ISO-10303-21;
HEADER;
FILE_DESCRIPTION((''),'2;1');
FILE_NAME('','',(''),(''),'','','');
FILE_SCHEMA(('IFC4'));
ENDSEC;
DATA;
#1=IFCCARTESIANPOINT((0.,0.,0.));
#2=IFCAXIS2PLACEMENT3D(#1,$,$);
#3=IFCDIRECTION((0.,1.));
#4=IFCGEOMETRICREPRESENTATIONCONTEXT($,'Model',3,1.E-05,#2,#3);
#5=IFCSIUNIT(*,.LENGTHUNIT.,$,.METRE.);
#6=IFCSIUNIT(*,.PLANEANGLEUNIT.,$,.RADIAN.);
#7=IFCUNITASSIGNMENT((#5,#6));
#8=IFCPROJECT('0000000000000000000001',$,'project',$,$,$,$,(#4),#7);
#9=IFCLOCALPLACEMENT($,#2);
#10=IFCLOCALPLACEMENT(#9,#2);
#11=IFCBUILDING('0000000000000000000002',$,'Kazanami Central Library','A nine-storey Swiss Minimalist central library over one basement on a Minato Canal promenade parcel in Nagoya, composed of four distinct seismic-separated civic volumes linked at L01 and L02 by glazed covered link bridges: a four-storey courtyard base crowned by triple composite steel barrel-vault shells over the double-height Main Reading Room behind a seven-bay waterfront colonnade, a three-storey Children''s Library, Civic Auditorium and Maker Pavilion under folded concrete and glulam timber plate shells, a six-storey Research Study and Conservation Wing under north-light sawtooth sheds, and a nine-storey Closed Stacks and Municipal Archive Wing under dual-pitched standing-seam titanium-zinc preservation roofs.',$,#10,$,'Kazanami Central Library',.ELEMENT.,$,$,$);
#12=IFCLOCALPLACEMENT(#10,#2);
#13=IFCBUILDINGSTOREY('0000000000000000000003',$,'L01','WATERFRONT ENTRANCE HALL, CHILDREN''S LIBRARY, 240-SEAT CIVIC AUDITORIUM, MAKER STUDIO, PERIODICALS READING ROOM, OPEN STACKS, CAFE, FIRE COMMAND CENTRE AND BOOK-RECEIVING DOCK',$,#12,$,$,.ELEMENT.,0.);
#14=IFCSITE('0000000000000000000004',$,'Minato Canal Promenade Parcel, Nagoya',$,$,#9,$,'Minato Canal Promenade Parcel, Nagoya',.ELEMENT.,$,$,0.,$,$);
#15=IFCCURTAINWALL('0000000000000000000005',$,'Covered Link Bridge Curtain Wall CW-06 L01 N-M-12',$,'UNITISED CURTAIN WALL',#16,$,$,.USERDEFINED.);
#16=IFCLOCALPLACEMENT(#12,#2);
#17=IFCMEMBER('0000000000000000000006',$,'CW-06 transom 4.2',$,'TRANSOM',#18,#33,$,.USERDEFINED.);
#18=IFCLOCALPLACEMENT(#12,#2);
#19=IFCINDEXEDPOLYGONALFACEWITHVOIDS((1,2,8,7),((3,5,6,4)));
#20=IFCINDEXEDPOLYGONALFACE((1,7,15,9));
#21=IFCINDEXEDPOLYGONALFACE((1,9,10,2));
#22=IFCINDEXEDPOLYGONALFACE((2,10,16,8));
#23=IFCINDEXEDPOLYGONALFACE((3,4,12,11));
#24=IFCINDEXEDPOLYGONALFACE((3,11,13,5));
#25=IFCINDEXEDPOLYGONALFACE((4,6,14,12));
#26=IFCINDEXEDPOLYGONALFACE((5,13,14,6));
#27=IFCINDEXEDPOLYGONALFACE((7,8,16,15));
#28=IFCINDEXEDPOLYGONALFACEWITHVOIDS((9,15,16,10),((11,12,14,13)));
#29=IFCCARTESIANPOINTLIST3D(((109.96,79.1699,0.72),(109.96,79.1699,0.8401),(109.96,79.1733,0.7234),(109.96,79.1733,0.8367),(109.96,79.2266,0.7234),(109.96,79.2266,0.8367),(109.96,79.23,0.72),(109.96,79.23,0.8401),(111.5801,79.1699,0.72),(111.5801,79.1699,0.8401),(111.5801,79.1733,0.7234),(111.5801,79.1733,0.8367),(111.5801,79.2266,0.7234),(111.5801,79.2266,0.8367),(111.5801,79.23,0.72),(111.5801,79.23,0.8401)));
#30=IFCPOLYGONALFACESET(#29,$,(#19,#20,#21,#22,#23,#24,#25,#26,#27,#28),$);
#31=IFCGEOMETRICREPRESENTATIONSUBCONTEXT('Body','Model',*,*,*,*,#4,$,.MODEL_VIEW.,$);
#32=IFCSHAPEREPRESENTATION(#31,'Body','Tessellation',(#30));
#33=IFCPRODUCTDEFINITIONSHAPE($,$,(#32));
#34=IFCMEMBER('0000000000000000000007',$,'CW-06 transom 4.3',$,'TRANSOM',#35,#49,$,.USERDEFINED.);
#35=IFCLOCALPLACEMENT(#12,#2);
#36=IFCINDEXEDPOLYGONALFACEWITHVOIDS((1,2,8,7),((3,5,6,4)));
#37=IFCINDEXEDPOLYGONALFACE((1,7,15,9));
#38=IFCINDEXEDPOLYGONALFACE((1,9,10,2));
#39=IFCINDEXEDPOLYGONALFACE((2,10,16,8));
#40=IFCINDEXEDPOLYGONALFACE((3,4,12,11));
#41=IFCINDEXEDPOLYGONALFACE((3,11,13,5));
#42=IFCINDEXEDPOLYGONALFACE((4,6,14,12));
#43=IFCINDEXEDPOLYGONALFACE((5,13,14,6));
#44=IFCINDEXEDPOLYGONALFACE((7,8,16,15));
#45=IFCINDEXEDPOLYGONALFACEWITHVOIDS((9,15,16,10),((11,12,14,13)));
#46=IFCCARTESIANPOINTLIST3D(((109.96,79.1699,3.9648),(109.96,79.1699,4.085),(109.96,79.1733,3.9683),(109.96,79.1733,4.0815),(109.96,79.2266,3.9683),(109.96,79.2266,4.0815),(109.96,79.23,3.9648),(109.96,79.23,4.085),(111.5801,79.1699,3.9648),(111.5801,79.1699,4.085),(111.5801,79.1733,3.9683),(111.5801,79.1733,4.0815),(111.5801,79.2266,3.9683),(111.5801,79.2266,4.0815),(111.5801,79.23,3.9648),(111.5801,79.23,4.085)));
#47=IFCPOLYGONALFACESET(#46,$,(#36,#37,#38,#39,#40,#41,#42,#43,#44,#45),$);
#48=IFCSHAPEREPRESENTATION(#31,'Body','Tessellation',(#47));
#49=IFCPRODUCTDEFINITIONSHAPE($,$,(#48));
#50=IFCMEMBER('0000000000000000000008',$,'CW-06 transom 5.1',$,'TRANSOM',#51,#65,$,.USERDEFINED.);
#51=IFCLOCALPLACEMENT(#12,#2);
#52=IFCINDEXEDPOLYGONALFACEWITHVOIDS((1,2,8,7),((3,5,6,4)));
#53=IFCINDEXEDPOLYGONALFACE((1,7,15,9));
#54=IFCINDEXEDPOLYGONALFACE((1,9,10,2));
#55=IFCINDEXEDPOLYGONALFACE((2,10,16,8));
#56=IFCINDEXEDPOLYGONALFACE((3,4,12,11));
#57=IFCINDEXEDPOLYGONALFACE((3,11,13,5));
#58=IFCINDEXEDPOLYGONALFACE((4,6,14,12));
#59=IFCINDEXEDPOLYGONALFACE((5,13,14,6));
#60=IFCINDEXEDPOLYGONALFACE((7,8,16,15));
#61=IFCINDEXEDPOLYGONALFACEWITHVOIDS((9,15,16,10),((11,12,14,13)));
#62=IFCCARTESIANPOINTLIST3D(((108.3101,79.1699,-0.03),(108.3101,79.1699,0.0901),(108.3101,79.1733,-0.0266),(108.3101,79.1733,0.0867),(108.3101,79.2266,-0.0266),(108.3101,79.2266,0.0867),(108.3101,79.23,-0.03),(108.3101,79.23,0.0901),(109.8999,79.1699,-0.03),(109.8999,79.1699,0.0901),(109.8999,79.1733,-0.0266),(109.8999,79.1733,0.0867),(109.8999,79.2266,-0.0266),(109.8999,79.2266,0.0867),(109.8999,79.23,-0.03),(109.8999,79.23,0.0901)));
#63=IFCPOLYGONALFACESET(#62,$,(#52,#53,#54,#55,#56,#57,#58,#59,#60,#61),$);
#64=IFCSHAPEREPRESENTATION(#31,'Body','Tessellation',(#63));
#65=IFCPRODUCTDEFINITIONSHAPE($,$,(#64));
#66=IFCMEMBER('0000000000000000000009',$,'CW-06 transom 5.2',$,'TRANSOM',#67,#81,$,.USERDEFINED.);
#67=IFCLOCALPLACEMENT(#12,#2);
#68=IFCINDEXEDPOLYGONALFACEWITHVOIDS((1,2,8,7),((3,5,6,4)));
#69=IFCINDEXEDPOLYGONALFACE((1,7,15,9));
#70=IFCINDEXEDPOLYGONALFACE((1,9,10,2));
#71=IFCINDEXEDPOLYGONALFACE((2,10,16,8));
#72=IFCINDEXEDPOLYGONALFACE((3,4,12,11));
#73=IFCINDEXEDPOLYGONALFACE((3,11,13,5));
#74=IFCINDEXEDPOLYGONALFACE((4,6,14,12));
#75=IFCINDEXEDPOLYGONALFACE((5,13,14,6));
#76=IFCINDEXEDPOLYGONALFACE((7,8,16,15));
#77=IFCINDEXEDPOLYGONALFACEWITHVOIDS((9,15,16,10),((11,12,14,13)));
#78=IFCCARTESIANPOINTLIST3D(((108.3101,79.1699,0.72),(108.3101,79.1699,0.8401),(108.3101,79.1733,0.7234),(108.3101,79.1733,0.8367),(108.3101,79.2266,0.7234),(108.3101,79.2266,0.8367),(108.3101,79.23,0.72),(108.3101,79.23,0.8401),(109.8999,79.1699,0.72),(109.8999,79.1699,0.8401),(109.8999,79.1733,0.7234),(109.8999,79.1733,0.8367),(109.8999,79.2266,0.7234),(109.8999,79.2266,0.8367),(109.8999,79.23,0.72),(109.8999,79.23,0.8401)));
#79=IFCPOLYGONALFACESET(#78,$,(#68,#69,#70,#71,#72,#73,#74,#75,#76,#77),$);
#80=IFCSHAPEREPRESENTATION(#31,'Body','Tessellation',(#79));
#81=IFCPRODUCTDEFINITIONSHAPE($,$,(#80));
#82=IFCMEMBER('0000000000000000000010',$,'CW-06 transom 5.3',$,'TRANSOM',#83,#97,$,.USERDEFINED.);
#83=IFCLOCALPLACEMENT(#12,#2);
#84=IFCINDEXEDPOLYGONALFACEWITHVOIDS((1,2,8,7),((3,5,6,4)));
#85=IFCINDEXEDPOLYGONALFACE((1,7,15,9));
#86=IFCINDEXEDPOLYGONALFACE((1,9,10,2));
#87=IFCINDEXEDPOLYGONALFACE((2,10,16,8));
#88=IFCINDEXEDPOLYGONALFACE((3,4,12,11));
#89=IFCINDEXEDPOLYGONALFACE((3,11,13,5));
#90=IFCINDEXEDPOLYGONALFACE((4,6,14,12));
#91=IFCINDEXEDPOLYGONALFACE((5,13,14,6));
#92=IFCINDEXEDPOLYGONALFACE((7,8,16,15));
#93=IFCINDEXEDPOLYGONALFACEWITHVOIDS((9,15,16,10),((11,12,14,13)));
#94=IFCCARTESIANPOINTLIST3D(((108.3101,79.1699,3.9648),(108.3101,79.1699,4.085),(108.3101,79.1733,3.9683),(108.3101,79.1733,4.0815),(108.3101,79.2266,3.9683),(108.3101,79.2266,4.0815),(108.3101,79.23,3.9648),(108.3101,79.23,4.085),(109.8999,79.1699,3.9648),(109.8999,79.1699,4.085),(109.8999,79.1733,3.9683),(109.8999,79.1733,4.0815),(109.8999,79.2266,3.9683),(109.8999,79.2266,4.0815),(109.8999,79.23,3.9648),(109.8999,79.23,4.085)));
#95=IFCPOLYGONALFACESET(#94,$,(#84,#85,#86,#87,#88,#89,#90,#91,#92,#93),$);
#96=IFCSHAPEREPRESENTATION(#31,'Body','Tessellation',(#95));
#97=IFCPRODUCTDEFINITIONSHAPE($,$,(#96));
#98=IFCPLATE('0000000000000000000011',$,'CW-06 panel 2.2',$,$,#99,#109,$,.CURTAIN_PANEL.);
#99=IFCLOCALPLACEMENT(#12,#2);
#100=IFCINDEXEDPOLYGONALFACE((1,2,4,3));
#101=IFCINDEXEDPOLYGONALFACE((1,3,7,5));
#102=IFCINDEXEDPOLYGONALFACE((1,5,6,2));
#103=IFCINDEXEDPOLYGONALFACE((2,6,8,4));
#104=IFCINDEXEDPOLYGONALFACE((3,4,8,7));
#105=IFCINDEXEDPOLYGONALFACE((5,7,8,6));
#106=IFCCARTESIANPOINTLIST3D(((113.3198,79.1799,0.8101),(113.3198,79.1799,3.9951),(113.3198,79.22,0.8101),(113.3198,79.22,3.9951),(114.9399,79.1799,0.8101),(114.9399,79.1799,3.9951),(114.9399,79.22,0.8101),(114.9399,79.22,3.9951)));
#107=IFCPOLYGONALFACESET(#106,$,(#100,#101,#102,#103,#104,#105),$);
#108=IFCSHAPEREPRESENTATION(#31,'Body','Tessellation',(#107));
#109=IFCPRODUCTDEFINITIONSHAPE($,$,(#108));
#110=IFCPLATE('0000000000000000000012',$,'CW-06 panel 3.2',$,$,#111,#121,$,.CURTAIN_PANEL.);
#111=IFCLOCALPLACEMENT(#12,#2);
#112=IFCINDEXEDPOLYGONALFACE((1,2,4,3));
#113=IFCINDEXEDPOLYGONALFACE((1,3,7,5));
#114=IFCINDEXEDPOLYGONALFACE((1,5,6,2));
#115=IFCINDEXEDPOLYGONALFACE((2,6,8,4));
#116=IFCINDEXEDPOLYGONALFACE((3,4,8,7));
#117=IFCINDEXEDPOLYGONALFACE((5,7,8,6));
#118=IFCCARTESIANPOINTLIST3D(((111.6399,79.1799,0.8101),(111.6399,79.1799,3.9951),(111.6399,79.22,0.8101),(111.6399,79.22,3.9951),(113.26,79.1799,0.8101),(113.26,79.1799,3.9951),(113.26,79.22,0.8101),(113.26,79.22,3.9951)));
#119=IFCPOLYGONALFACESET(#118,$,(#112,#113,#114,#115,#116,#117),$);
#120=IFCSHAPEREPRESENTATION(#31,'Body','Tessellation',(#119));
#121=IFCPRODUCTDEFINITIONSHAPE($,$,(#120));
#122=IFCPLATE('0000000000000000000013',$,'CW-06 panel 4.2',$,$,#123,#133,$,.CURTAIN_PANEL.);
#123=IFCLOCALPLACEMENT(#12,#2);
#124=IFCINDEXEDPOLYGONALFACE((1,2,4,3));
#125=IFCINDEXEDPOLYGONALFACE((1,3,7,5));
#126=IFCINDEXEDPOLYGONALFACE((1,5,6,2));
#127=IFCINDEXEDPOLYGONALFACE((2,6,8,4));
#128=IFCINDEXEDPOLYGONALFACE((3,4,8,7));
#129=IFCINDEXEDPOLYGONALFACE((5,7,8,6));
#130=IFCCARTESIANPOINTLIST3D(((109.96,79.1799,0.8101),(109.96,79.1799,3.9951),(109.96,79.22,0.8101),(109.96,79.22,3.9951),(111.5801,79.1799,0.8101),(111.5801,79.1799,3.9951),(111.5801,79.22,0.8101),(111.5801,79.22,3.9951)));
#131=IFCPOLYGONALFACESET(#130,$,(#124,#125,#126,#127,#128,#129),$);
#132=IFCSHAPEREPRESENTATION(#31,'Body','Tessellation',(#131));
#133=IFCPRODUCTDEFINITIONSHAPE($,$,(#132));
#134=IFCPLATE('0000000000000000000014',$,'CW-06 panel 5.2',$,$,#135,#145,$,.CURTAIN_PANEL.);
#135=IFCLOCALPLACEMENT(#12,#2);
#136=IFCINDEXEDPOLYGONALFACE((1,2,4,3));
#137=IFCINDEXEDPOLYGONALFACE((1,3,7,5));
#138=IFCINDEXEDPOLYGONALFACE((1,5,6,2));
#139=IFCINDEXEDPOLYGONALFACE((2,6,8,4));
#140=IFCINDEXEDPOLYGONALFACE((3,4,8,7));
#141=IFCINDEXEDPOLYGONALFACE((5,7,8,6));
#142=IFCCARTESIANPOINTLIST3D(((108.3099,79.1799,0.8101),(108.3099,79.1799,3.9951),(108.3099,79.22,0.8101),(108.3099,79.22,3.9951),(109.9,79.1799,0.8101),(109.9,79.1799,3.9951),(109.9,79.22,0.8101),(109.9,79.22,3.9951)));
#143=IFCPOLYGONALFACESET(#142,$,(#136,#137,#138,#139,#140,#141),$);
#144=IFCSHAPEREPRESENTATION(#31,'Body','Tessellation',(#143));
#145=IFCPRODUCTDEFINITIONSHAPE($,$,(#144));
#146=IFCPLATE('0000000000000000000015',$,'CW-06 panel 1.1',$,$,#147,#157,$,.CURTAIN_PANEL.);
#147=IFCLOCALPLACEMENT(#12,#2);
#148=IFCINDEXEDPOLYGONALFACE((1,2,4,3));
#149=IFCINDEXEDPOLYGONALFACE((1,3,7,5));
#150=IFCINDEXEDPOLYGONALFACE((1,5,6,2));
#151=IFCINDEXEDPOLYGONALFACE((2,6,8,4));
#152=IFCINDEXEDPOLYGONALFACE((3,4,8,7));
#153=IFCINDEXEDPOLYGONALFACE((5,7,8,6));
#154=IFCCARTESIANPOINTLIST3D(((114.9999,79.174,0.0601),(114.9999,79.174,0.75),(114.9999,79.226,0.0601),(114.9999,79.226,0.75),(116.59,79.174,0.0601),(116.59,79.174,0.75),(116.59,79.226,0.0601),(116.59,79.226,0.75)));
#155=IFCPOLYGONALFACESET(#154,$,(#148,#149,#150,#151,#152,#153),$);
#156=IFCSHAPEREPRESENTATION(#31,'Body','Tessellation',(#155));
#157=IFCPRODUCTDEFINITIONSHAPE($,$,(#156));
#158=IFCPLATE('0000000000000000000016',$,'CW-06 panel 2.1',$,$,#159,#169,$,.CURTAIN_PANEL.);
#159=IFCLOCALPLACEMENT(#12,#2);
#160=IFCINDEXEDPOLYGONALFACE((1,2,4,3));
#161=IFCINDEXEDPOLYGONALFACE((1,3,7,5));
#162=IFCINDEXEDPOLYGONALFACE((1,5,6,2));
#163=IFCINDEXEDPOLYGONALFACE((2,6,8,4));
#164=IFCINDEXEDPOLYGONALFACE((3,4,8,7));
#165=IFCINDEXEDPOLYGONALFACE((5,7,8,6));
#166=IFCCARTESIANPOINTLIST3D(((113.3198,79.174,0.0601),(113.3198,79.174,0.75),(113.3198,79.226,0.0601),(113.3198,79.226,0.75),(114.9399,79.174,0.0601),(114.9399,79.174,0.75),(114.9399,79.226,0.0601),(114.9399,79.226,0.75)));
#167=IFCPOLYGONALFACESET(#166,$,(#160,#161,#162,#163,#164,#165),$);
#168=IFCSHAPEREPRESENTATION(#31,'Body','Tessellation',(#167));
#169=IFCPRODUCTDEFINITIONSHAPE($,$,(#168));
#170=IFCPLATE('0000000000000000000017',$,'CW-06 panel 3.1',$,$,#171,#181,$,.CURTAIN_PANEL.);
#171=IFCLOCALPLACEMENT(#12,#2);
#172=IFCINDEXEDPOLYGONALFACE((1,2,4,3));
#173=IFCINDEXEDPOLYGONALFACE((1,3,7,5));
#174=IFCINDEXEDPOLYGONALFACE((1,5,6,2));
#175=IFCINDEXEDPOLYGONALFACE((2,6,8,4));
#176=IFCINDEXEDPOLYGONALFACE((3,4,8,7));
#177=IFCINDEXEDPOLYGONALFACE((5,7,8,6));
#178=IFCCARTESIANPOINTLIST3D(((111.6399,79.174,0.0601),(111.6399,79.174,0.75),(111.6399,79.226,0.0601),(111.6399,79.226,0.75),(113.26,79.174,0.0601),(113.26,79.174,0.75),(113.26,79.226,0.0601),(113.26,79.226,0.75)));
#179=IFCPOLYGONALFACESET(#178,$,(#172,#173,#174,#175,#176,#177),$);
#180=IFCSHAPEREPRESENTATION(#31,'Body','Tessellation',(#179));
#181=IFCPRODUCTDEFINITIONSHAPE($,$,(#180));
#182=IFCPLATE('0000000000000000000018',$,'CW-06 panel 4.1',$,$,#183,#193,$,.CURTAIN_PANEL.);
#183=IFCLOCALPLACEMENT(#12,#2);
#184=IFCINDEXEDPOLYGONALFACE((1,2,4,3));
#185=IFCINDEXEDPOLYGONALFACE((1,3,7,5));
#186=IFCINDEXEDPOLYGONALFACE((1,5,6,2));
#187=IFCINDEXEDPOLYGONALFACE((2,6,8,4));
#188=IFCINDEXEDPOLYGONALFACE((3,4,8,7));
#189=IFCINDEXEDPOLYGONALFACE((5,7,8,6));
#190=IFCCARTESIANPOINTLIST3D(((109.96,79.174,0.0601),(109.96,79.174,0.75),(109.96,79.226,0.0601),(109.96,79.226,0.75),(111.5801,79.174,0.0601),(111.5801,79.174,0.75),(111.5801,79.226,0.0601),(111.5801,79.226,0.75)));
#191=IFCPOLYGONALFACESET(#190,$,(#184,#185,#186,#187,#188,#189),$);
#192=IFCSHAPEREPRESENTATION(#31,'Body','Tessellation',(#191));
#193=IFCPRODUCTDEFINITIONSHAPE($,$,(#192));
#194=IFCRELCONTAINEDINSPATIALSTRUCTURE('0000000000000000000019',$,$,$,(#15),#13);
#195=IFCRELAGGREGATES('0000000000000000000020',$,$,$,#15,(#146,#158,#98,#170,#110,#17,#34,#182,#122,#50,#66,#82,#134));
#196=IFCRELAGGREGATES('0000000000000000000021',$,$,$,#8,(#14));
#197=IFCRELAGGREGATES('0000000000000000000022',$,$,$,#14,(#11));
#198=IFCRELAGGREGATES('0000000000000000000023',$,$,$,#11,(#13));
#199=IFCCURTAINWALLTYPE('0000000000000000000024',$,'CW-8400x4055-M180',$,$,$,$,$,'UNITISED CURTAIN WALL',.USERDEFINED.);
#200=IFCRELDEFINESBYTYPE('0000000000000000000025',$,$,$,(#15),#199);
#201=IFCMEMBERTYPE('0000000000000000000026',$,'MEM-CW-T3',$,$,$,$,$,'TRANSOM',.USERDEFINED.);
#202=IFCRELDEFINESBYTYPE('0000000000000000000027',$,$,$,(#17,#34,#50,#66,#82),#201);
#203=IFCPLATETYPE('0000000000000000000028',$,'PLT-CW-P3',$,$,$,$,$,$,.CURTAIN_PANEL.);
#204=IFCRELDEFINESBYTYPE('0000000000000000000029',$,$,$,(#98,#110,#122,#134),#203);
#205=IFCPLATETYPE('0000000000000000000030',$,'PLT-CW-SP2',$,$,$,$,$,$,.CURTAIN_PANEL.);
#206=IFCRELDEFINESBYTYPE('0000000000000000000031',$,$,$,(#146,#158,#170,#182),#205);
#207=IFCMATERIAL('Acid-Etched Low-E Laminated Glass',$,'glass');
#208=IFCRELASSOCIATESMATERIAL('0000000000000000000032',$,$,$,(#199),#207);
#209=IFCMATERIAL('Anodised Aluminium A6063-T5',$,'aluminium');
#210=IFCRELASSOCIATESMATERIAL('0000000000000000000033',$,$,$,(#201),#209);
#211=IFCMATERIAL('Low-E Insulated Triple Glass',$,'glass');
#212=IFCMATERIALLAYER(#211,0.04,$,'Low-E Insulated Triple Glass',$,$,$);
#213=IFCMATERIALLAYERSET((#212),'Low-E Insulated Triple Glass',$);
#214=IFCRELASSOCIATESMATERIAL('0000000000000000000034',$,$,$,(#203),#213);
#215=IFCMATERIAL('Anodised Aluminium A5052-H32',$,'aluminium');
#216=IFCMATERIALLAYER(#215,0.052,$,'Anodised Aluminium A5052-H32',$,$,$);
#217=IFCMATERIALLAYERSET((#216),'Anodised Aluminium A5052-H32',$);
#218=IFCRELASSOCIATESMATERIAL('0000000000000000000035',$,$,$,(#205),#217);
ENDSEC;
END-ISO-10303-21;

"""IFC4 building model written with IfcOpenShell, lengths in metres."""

from ifc_helpers import new_model, si_unit, direction, frame, origin, origin_2d, place, context, subcontext, project, spatial, rectangle, hollow_rectangle, extrude, material, layer, layer_set, material_profile, profile_set, type_object, element, aggregate, save


model = new_model("IFC4")

# Units and contexts
model_context = context("Model", 3, precision=1e-05, world=origin(), true_north=direction((0.0, 1.0)))
body_context = subcontext(model_context, "Body", "Model", "MODEL_VIEW")
ifc_project = project(units=[si_unit("LENGTHUNIT", "METRE"), si_unit("PLANEANGLEUNIT", "RADIAN")], contexts=[model_context])

# Site, building, storey
site_placement = place(None, origin())
site = spatial("IfcSite", under=ifc_project, at=site_placement, Name="Minato Canal Promenade Parcel, Nagoya", LongName="Minato Canal Promenade Parcel, Nagoya", CompositionType="ELEMENT", RefElevation=0.0)
building_placement = place(site_placement, origin())
building = spatial("IfcBuilding", under=site, at=building_placement, Name="Kazanami Central Library", Description="A nine-storey Swiss Minimalist central library over one basement on a Minato Canal promenade parcel in Nagoya, composed of four distinct seismic-separated civic volumes linked at L01 and L02 by glazed covered link bridges: a four-storey courtyard base crowned by triple composite steel barrel-vault shells over the double-height Main Reading Room behind a seven-bay waterfront colonnade, a three-storey Children's Library, Civic Auditorium and Maker Pavilion under folded concrete and glulam timber plate shells, a six-storey Research Study and Conservation Wing under north-light sawtooth sheds, and a nine-storey Closed Stacks and Municipal Archive Wing under dual-pitched standing-seam titanium-zinc preservation roofs.", LongName="Kazanami Central Library", CompositionType="ELEMENT")
storey_placement = place(building_placement, origin())
storey = spatial("IfcBuildingStorey", under=building, at=storey_placement, Name="L01", Description="WATERFRONT ENTRANCE HALL, CHILDREN'S LIBRARY, 240-SEAT CIVIC AUDITORIUM, MAKER STUDIO, PERIODICALS READING ROOM, OPEN STACKS, CAFE, FIRE COMMAND CENTRE AND BOOK-RECEIVING DOCK", CompositionType="ELEMENT", Elevation=0.0)

# Curtain wall, members, plates
ifc_material_1 = material(Name="Acid-Etched Low-E Laminated Glass", Category="glass")
curtain_wall_type = type_object("IfcCurtainWallType", Name="CW-8400x4055-M180", ElementType="UNITISED CURTAIN WALL", PredefinedType="USERDEFINED", material=ifc_material_1)
curtain_wall_placement = place(storey_placement, origin())
curtain_wall = element("IfcCurtainWall", 1, at=curtain_wall_placement, inside=storey, type_object=curtain_wall_type, Name="Covered Link Bridge Curtain Wall CW-06 L01 N-M-12", ObjectType="UNITISED CURTAIN WALL", PredefinedType="USERDEFINED")
ifc_material_2 = material(Name="Anodised Aluminium A6063-T5", Category="aluminium")
ifc_material_profile_1 = material_profile(ifc_material_2, hollow_rectangle(XDim=0.0601, YDim=0.1201, WallThickness=0.0034, at=origin_2d()), Name="ALU-TRAN-60x120x3.5")
ifc_profile_set_1 = profile_set([ifc_material_profile_1], Name="Anodised Aluminium A6063-T5")
member_type_1 = type_object("IfcMemberType", Name="MEM-CW-T3", ElementType="TRANSOM", PredefinedType="USERDEFINED", material=ifc_profile_set_1)
member_1_placement = place(storey_placement, frame((111.5801, 79.2, 0.78), z_axis=(-1.0, 0.0, 0.0), x_axis=(0.0, -1.0, 0.0)))
member_1 = element("IfcMember", 2, at=member_1_placement, type_object=member_type_1, Name="CW-06 transom 4.2", ObjectType="TRANSOM", PredefinedType="USERDEFINED", context=body_context, shape_type="SweptSolid", body=[
    extrude(hollow_rectangle(XDim=0.0601, YDim=0.1201, WallThickness=0.0034, at=origin_2d()), origin(), (0.0, 0.0, 1.0), 1.6201),
])
member_2_placement = place(storey_placement, frame((111.5801, 79.2, 4.0249), z_axis=(-1.0, 0.0, 0.0), x_axis=(0.0, -1.0, 0.0)))
member_2 = element("IfcMember", 3, at=member_2_placement, type_object=member_type_1, Name="CW-06 transom 4.3", ObjectType="TRANSOM", PredefinedType="USERDEFINED", context=body_context, shape_type="SweptSolid", body=[
    extrude(hollow_rectangle(XDim=0.0601, YDim=0.1201, WallThickness=0.0034, at=origin_2d()), origin(), (0.0, 0.0, 1.0), 1.6201),
])
member_3_placement = place(storey_placement, frame((109.8999, 79.2, 0.03), z_axis=(-1.0, 0.0, 0.0), x_axis=(0.0, -1.0, 0.0)))
member_3 = element("IfcMember", 4, at=member_3_placement, type_object=member_type_1, Name="CW-06 transom 5.1", ObjectType="TRANSOM", PredefinedType="USERDEFINED", context=body_context, shape_type="SweptSolid", body=[
    extrude(hollow_rectangle(XDim=0.0601, YDim=0.1201, WallThickness=0.0034, at=origin_2d()), origin(), (0.0, 0.0, 1.0), 1.5898),
])
member_4_placement = place(storey_placement, frame((109.8999, 79.2, 0.78), z_axis=(-1.0, 0.0, 0.0), x_axis=(0.0, -1.0, 0.0)))
member_4 = element("IfcMember", 5, at=member_4_placement, type_object=member_type_1, Name="CW-06 transom 5.2", ObjectType="TRANSOM", PredefinedType="USERDEFINED", context=body_context, shape_type="SweptSolid", body=[
    extrude(hollow_rectangle(XDim=0.0601, YDim=0.1201, WallThickness=0.0034, at=origin_2d()), origin(), (0.0, 0.0, 1.0), 1.5898),
])
member_5_placement = place(storey_placement, frame((109.8999, 79.2, 4.0249), z_axis=(-1.0, 0.0, 0.0), x_axis=(0.0, -1.0, 0.0)))
member_5 = element("IfcMember", 6, at=member_5_placement, type_object=member_type_1, Name="CW-06 transom 5.3", ObjectType="TRANSOM", PredefinedType="USERDEFINED", context=body_context, shape_type="SweptSolid", body=[
    extrude(hollow_rectangle(XDim=0.0601, YDim=0.1201, WallThickness=0.0034, at=origin_2d()), origin(), (0.0, 0.0, 1.0), 1.5898),
])
ifc_material_3 = material(Name="Low-E Insulated Triple Glass", Category="glass")
ifc_layer_1 = layer(ifc_material_3, 0.04, Name="Low-E Insulated Triple Glass")
ifc_layer_set_1 = layer_set([ifc_layer_1], Name="Low-E Insulated Triple Glass")
plate_type_1 = type_object("IfcPlateType", Name="PLT-CW-P3", PredefinedType="CURTAIN_PANEL", material=ifc_layer_set_1)
plate_1_placement = place(storey_placement, frame((114.1299, 79.2, 0.8101), z_axis=(0.0, 0.0, 1.0), x_axis=(-1.0, 0.0, 0.0)))
plate_1 = element("IfcPlate", 7, at=plate_1_placement, type_object=plate_type_1, Name="CW-06 panel 2.2", PredefinedType="CURTAIN_PANEL", context=body_context, shape_type="SweptSolid", body=[
    extrude(rectangle(XDim=1.6201, YDim=0.04, at=origin_2d()), origin(), (0.0, 0.0, 1.0), 3.1851),
])
plate_2_placement = place(storey_placement, frame((112.45, 79.2, 0.8101), z_axis=(0.0, 0.0, 1.0), x_axis=(-1.0, 0.0, 0.0)))
plate_2 = element("IfcPlate", 8, at=plate_2_placement, type_object=plate_type_1, Name="CW-06 panel 3.2", PredefinedType="CURTAIN_PANEL", context=body_context, shape_type="SweptSolid", body=[
    extrude(rectangle(XDim=1.6201, YDim=0.04, at=origin_2d()), origin(), (0.0, 0.0, 1.0), 3.1851),
])
plate_3_placement = place(storey_placement, frame((110.77, 79.2, 0.8101), z_axis=(0.0, 0.0, 1.0), x_axis=(-1.0, 0.0, 0.0)))
plate_3 = element("IfcPlate", 9, at=plate_3_placement, type_object=plate_type_1, Name="CW-06 panel 4.2", PredefinedType="CURTAIN_PANEL", context=body_context, shape_type="SweptSolid", body=[
    extrude(rectangle(XDim=1.6201, YDim=0.04, at=origin_2d()), origin(), (0.0, 0.0, 1.0), 3.1851),
])
plate_4_placement = place(storey_placement, frame((109.105, 79.2, 0.8101), z_axis=(0.0, 0.0, 1.0), x_axis=(-1.0, 0.0, 0.0)))
plate_4 = element("IfcPlate", 10, at=plate_4_placement, type_object=plate_type_1, Name="CW-06 panel 5.2", PredefinedType="CURTAIN_PANEL", context=body_context, shape_type="SweptSolid", body=[
    extrude(rectangle(XDim=1.5901, YDim=0.04, at=origin_2d()), origin(), (0.0, 0.0, 1.0), 3.1851),
])
ifc_material_4 = material(Name="Anodised Aluminium A5052-H32", Category="aluminium")
ifc_layer_2 = layer(ifc_material_4, 0.052, Name="Anodised Aluminium A5052-H32")
ifc_layer_set_2 = layer_set([ifc_layer_2], Name="Anodised Aluminium A5052-H32")
plate_type_2 = type_object("IfcPlateType", Name="PLT-CW-SP2", PredefinedType="CURTAIN_PANEL", material=ifc_layer_set_2)
plate_5_placement = place(storey_placement, frame((115.7949, 79.2, 0.0601), z_axis=(0.0, 0.0, 1.0), x_axis=(-1.0, 0.0, 0.0)))
plate_5 = element("IfcPlate", 11, at=plate_5_placement, type_object=plate_type_2, Name="CW-06 panel 1.1", PredefinedType="CURTAIN_PANEL", context=body_context, shape_type="SweptSolid", body=[
    extrude(rectangle(XDim=1.5901, YDim=0.052, at=origin_2d()), origin(), (0.0, 0.0, 1.0), 0.6899),
])
plate_6_placement = place(storey_placement, frame((114.1299, 79.2, 0.0601), z_axis=(0.0, 0.0, 1.0), x_axis=(-1.0, 0.0, 0.0)))
plate_6 = element("IfcPlate", 12, at=plate_6_placement, type_object=plate_type_2, Name="CW-06 panel 2.1", PredefinedType="CURTAIN_PANEL", context=body_context, shape_type="SweptSolid", body=[
    extrude(rectangle(XDim=1.6201, YDim=0.052, at=origin_2d()), origin(), (0.0, 0.0, 1.0), 0.6899),
])
plate_7_placement = place(storey_placement, frame((112.45, 79.2, 0.0601), z_axis=(0.0, 0.0, 1.0), x_axis=(-1.0, 0.0, 0.0)))
plate_7 = element("IfcPlate", 13, at=plate_7_placement, type_object=plate_type_2, Name="CW-06 panel 3.1", PredefinedType="CURTAIN_PANEL", context=body_context, shape_type="SweptSolid", body=[
    extrude(rectangle(XDim=1.6201, YDim=0.052, at=origin_2d()), origin(), (0.0, 0.0, 1.0), 0.6899),
])
plate_8_placement = place(storey_placement, frame((110.77, 79.2, 0.0601), z_axis=(0.0, 0.0, 1.0), x_axis=(-1.0, 0.0, 0.0)))
plate_8 = element("IfcPlate", 14, at=plate_8_placement, type_object=plate_type_2, Name="CW-06 panel 4.1", PredefinedType="CURTAIN_PANEL", context=body_context, shape_type="SweptSolid", body=[
    extrude(rectangle(XDim=1.6201, YDim=0.052, at=origin_2d()), origin(), (0.0, 0.0, 1.0), 0.6899),
])
aggregate(curtain_wall, [plate_5, plate_6, plate_1, plate_7, plate_2, member_1, member_2, plate_8, plate_3, member_3, member_4, member_5, plate_4])

save(model, "model.ifc")
